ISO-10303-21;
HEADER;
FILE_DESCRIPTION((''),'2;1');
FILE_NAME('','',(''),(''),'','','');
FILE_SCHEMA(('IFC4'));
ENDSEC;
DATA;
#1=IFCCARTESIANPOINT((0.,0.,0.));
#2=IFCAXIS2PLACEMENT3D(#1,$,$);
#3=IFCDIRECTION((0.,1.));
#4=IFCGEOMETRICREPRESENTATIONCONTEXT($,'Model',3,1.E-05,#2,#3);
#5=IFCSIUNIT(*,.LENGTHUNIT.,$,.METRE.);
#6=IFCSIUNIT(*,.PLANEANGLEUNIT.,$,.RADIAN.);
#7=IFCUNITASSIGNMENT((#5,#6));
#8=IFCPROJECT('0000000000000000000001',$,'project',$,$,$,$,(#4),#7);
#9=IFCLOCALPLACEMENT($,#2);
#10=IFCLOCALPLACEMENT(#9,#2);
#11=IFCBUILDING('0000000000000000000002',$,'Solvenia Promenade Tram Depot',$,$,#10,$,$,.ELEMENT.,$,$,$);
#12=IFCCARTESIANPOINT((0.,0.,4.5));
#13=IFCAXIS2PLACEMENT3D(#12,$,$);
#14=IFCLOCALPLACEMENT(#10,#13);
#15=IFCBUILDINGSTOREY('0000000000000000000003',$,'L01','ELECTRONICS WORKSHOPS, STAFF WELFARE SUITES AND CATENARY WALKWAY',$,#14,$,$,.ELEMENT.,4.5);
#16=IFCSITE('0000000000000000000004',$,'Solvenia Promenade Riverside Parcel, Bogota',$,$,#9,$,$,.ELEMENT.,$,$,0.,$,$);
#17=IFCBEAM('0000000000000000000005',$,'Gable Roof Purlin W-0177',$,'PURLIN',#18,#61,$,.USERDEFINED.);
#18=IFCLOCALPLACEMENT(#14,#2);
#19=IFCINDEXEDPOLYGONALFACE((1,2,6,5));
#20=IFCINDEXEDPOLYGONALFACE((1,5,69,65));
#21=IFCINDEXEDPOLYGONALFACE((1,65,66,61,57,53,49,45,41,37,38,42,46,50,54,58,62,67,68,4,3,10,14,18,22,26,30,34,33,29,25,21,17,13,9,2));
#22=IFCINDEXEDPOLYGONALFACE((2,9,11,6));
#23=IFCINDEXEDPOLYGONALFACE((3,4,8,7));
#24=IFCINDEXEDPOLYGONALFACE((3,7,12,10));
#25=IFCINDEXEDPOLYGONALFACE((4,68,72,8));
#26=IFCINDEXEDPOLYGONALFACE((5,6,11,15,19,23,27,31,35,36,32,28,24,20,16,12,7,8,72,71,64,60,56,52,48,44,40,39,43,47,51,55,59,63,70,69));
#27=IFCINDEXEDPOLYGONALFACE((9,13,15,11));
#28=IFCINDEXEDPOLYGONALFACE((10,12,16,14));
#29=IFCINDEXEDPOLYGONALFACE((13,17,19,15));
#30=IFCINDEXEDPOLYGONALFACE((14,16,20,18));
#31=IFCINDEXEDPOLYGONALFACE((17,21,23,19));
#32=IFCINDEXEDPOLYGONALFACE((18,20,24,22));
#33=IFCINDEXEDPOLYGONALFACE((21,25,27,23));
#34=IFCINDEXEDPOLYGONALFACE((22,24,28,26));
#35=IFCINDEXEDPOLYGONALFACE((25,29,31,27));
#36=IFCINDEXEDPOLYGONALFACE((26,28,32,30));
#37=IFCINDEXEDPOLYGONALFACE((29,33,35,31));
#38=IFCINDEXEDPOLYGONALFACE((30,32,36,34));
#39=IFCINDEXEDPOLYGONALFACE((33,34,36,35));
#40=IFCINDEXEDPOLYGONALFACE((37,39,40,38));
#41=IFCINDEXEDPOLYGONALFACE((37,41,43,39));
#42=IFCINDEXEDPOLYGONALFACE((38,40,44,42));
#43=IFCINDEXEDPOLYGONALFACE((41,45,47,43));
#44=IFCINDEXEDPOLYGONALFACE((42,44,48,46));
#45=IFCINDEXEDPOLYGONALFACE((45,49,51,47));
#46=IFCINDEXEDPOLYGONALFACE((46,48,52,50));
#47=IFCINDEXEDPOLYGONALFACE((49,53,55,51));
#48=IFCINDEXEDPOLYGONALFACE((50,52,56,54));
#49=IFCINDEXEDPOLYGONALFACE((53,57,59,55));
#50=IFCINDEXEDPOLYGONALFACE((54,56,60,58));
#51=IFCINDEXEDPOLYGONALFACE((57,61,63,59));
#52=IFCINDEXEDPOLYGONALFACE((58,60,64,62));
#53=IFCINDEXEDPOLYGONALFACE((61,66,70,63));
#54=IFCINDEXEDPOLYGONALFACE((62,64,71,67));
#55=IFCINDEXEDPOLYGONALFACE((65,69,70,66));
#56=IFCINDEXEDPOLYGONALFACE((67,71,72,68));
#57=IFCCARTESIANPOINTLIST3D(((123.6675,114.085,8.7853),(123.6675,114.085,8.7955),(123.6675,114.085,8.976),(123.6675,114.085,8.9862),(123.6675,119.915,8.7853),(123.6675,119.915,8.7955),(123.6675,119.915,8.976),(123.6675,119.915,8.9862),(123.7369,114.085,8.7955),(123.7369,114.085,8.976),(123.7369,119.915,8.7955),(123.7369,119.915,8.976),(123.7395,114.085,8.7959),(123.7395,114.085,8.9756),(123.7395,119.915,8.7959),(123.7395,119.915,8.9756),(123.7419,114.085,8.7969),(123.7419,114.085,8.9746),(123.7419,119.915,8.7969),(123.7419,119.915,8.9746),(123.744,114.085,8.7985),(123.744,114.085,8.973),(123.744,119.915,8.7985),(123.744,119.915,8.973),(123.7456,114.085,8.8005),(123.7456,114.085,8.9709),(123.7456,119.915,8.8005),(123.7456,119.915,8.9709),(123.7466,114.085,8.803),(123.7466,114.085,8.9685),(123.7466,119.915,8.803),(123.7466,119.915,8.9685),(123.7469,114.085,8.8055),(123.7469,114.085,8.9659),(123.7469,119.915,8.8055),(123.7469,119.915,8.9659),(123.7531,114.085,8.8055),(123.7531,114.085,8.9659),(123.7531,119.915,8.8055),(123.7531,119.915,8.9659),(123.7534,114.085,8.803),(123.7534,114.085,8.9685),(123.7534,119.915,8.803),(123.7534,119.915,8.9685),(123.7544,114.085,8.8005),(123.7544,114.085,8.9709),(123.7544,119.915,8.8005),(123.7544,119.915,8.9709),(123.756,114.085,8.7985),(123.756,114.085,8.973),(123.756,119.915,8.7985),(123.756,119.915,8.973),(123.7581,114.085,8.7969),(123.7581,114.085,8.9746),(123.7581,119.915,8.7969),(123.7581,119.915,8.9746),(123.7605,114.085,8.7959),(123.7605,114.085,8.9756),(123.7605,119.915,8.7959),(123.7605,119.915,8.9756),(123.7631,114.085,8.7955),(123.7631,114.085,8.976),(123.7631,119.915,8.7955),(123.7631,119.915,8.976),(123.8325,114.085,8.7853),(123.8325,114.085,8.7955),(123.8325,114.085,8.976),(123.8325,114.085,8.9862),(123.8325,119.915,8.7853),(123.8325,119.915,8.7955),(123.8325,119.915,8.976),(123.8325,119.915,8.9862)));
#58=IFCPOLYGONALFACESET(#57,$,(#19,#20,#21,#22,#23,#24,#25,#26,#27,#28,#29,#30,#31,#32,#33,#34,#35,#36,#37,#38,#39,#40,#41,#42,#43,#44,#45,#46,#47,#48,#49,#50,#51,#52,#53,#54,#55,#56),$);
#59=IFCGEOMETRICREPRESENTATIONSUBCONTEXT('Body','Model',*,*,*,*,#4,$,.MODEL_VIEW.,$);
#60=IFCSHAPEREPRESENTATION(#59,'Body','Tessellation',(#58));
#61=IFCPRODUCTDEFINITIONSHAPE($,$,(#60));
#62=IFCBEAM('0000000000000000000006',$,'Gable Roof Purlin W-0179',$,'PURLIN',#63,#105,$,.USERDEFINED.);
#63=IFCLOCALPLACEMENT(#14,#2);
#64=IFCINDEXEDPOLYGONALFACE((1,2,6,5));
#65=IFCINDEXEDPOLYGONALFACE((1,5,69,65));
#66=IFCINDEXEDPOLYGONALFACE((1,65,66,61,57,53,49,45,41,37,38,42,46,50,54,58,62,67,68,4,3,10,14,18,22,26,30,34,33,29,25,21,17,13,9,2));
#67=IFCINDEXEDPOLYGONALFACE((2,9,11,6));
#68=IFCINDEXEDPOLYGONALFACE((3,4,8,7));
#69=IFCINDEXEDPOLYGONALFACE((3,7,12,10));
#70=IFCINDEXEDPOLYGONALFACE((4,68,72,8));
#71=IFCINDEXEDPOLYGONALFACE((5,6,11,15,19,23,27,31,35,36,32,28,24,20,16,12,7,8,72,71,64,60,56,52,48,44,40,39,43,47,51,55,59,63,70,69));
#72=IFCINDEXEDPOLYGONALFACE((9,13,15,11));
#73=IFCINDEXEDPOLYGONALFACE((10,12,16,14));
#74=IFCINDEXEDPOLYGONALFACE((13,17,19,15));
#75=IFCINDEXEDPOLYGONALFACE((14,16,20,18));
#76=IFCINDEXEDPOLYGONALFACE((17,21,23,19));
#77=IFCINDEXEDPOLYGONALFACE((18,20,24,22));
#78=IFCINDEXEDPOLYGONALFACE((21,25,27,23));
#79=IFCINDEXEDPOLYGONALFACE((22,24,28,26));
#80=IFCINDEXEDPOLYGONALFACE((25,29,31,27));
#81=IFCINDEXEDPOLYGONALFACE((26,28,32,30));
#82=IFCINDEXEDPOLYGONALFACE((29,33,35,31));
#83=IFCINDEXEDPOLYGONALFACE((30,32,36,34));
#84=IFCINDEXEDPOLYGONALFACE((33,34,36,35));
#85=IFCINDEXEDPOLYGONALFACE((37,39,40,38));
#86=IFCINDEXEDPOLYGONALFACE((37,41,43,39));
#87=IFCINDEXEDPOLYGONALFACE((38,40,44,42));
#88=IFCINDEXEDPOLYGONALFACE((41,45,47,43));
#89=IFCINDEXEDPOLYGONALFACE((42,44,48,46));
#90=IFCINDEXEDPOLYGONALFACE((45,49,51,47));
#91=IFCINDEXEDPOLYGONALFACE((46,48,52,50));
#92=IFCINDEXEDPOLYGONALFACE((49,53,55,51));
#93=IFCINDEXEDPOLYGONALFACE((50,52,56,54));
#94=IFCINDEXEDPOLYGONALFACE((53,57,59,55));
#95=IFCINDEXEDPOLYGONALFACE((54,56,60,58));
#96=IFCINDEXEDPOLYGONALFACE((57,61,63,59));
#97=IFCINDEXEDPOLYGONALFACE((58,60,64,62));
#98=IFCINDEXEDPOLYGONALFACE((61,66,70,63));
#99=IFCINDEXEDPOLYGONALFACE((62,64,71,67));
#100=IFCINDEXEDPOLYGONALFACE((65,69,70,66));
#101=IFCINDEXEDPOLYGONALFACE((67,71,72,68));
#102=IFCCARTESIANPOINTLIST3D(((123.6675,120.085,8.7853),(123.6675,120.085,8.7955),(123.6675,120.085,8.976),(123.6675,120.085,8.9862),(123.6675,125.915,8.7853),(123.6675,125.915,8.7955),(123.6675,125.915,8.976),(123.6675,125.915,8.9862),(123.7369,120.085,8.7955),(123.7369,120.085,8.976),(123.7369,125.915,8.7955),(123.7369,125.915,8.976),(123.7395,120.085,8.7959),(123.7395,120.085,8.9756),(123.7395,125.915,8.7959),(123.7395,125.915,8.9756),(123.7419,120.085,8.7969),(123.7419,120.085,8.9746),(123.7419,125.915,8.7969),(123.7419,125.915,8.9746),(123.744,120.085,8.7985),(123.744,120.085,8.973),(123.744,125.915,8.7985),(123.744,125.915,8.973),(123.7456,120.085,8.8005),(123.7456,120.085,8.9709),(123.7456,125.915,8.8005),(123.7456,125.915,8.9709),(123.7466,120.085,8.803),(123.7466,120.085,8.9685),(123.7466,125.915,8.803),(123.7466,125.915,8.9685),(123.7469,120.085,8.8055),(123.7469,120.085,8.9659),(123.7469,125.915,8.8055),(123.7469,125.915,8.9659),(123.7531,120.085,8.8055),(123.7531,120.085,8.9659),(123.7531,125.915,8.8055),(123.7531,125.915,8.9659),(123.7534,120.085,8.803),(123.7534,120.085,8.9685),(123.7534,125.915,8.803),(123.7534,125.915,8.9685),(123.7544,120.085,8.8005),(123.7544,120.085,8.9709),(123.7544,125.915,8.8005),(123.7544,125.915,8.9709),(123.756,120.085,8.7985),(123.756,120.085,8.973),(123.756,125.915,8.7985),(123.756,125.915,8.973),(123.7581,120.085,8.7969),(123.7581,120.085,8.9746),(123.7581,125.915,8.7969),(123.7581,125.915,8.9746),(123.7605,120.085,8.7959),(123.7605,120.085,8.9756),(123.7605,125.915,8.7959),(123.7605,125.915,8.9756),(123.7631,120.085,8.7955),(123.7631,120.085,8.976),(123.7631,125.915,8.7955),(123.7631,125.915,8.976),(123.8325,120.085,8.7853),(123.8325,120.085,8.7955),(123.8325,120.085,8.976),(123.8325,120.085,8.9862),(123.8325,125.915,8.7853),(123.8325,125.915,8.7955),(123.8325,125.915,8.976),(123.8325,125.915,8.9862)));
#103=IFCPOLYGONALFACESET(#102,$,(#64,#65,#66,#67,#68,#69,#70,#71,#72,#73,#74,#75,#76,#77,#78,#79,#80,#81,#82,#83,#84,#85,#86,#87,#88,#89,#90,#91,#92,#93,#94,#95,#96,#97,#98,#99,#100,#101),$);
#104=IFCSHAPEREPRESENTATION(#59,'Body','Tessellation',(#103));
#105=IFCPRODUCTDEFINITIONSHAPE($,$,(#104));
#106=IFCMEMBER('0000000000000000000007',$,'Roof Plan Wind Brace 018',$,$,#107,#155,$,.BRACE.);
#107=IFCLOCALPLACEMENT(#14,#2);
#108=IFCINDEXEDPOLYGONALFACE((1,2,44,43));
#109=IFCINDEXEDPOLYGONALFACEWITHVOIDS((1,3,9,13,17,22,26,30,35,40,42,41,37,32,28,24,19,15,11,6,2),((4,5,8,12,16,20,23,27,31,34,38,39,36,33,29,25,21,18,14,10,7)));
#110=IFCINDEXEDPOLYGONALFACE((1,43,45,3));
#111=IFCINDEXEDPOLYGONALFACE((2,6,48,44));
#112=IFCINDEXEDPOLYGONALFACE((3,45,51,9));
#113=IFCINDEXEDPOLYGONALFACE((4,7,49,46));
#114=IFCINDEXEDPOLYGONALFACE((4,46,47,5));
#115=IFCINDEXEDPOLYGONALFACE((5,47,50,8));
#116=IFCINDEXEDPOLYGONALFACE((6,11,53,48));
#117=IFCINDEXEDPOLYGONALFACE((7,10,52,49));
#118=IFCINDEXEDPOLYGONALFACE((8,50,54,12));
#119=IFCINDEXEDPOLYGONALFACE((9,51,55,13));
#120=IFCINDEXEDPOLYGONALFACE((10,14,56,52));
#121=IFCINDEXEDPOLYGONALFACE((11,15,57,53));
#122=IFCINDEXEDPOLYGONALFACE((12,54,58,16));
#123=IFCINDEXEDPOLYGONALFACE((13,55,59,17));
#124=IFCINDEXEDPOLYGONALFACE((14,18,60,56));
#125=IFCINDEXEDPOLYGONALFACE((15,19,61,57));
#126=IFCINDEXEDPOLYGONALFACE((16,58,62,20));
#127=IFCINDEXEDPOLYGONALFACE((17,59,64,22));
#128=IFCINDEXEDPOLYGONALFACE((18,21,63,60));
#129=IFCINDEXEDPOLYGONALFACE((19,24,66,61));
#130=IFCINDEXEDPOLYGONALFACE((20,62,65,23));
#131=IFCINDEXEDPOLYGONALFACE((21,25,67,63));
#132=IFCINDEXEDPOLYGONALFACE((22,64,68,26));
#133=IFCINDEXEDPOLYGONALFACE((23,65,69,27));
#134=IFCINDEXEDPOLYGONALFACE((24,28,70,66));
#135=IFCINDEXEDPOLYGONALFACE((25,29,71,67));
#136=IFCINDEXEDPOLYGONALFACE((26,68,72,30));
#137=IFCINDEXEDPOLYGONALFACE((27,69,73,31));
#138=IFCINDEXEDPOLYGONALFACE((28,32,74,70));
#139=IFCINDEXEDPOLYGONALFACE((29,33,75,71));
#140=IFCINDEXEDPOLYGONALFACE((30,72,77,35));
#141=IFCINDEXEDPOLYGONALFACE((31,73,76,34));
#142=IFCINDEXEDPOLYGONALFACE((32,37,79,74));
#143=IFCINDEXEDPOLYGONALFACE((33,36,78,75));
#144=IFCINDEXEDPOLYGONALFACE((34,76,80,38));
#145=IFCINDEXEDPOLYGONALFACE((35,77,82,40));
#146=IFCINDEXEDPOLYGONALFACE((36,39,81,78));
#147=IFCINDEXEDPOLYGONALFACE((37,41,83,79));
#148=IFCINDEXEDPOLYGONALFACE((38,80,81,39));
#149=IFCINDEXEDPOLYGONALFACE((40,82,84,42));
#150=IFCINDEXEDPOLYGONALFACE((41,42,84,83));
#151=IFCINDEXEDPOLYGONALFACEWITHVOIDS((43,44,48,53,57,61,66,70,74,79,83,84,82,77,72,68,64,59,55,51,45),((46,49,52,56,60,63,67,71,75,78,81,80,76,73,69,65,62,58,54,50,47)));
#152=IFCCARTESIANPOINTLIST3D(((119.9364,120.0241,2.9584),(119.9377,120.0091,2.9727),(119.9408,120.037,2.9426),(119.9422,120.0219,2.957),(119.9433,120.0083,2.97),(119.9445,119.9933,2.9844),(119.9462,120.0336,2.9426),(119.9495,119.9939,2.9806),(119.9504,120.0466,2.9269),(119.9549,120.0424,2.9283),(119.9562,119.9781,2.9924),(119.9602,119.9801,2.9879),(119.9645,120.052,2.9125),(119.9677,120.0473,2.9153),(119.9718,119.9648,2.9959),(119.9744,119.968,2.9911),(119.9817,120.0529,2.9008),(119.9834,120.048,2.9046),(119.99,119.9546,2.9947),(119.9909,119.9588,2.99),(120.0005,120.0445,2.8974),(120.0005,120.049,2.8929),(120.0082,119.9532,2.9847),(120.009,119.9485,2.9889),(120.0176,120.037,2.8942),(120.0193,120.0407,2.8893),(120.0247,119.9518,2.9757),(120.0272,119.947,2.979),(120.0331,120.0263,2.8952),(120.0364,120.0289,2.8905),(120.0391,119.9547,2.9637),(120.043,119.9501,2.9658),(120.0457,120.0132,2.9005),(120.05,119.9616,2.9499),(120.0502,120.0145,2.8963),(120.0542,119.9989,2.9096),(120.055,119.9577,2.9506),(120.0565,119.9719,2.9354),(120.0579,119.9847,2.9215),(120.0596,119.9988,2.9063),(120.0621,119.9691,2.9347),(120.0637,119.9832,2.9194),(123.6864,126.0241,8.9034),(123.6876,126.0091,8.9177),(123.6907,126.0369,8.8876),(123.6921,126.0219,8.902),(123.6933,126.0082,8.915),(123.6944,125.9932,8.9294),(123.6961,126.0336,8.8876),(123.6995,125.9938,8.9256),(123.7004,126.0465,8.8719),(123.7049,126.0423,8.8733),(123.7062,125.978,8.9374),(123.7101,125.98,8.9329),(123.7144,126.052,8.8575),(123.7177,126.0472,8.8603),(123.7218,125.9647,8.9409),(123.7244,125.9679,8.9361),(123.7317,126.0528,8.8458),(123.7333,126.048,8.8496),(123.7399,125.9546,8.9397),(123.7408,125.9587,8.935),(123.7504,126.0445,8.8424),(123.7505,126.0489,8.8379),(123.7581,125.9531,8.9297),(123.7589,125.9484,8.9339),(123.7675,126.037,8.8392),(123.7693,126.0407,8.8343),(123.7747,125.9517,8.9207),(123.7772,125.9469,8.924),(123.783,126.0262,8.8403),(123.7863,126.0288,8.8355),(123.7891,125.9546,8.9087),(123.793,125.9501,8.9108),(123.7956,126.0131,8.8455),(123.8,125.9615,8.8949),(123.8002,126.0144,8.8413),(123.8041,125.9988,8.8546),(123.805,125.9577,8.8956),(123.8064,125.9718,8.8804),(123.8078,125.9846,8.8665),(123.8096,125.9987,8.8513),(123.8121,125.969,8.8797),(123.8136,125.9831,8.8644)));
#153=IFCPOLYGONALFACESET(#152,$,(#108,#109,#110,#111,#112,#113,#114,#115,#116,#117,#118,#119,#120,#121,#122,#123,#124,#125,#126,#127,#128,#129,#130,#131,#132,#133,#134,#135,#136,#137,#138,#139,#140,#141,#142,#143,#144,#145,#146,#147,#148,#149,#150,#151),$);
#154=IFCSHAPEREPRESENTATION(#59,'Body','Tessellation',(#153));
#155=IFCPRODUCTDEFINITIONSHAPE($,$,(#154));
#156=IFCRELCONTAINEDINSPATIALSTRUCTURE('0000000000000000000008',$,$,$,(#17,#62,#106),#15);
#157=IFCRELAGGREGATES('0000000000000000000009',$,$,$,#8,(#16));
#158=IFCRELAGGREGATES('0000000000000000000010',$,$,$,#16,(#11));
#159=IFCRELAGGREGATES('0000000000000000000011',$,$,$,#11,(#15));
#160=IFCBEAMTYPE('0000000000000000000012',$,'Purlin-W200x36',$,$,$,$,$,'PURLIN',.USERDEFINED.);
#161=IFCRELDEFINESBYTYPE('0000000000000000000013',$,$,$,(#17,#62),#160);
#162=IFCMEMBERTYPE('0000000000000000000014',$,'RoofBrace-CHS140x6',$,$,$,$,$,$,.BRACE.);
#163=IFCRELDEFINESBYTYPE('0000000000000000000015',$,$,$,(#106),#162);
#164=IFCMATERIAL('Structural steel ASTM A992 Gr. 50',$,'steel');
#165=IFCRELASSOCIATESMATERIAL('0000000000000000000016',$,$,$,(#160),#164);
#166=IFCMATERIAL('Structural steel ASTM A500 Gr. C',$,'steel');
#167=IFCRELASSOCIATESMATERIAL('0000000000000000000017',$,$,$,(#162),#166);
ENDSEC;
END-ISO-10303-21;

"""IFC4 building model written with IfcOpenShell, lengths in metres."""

from ifc_helpers import new_model, si_unit, direction, frame, origin, origin_2d, place, context, subcontext, project, spatial, hollow_circle, i_section, extrude, material, material_profile, profile_set, type_object, element, save


model = new_model("IFC4")

# Units and contexts
model_context = context("Model", 3, precision=1e-05, world=origin(), true_north=direction((0.0, 1.0)))
body_context = subcontext(model_context, "Body", "Model", "MODEL_VIEW")
ifc_project = project(units=[si_unit("LENGTHUNIT", "METRE"), si_unit("PLANEANGLEUNIT", "RADIAN")], contexts=[model_context])

# Site, building, storey
site_placement = place(None, origin())
site = spatial("IfcSite", under=ifc_project, at=site_placement, Name="Solvenia Promenade Riverside Parcel, Bogota", CompositionType="ELEMENT", RefElevation=0.0)
building_placement = place(site_placement, origin())
building = spatial("IfcBuilding", under=site, at=building_placement, Name="Solvenia Promenade Tram Depot", CompositionType="ELEMENT")
storey_placement = place(building_placement, frame((0.0, 0.0, 4.5)))
storey = spatial("IfcBuildingStorey", under=building, at=storey_placement, Name="L01", Description="ELECTRONICS WORKSHOPS, STAFF WELFARE SUITES AND CATENARY WALKWAY", CompositionType="ELEMENT", Elevation=4.5)

# Shared definitions
ifc_material_1 = material(Name="Structural steel ASTM A500 Gr. C", Category="steel")

# Beams
ifc_material_2 = material(Name="Structural steel ASTM A992 Gr. 50", Category="steel")
ifc_material_profile_1 = material_profile(ifc_material_2, i_section(OverallWidth=0.165, OverallDepth=0.2009, WebThickness=0.0061, FlangeThickness=0.0103, FilletRadius=0.01, at=origin_2d()), Name="W200x36", Category="steel")
ifc_profile_set_1 = profile_set([ifc_material_profile_1], Name="Structural steel ASTM A992 Gr. 50")
beam_type = type_object("IfcBeamType", Name="Purlin-W200x36", ElementType="PURLIN", PredefinedType="USERDEFINED", material=ifc_profile_set_1)
for number, where, z_axis, x_axis, name in (
    (1, (123.75, 114.085, 8.8857), (0.0, 1.0, 0.0), (-1.0, 0.0, 0.0), "Gable Roof Purlin W-0177"),
    (2, (123.75, 120.085, 8.8857), (0.0, 1.0, 0.0), (-1.0, 0.0, 0.0), "Gable Roof Purlin W-0179"),
):
    element("IfcBeam", number, at=place(storey_placement, frame(where, z_axis=z_axis, x_axis=x_axis)), inside=storey, type_object=beam_type, Name=name, ObjectType="PURLIN", PredefinedType="USERDEFINED", context=body_context, shape_type="SweptSolid", body=[
        extrude(i_section(OverallWidth=0.165, OverallDepth=0.2009, WebThickness=0.0061, FlangeThickness=0.0103, FilletRadius=0.01, at=origin_2d()), origin(), (0.0, 0.0, 1.0), 5.8301),
    ])

# Member
ifc_material_profile_2 = material_profile(ifc_material_1, hollow_circle(Radius=0.0698, WallThickness=0.0063, at=origin_2d()), Name="CHS139.7x6.3", Category="steel")
ifc_profile_set_2 = profile_set([ifc_material_profile_2], Name="Structural steel ASTM A500 Gr. C")
member_type_1 = type_object("IfcMemberType", Name="RoofBrace-CHS140x6", PredefinedType="BRACE", material=ifc_profile_set_2)
member_1_placement = place(storey_placement, frame((120.0, 120.0, 2.9426), z_axis=(0.405776, 0.649241, 0.643297), x_axis=(-0.847998, 0.529999, 0.0)))
element("IfcMember", 3, at=member_1_placement, inside=storey, type_object=member_type_1, Name="Roof Plan Wind Brace 018", PredefinedType="BRACE", context=body_context, shape_type="SweptSolid", body=[
    extrude(hollow_circle(Radius=0.0698, WallThickness=0.0063, at=origin_2d()), origin(), (0.0, 0.0, 1.0), 9.2415),
])

save(model, "model.ifc")
